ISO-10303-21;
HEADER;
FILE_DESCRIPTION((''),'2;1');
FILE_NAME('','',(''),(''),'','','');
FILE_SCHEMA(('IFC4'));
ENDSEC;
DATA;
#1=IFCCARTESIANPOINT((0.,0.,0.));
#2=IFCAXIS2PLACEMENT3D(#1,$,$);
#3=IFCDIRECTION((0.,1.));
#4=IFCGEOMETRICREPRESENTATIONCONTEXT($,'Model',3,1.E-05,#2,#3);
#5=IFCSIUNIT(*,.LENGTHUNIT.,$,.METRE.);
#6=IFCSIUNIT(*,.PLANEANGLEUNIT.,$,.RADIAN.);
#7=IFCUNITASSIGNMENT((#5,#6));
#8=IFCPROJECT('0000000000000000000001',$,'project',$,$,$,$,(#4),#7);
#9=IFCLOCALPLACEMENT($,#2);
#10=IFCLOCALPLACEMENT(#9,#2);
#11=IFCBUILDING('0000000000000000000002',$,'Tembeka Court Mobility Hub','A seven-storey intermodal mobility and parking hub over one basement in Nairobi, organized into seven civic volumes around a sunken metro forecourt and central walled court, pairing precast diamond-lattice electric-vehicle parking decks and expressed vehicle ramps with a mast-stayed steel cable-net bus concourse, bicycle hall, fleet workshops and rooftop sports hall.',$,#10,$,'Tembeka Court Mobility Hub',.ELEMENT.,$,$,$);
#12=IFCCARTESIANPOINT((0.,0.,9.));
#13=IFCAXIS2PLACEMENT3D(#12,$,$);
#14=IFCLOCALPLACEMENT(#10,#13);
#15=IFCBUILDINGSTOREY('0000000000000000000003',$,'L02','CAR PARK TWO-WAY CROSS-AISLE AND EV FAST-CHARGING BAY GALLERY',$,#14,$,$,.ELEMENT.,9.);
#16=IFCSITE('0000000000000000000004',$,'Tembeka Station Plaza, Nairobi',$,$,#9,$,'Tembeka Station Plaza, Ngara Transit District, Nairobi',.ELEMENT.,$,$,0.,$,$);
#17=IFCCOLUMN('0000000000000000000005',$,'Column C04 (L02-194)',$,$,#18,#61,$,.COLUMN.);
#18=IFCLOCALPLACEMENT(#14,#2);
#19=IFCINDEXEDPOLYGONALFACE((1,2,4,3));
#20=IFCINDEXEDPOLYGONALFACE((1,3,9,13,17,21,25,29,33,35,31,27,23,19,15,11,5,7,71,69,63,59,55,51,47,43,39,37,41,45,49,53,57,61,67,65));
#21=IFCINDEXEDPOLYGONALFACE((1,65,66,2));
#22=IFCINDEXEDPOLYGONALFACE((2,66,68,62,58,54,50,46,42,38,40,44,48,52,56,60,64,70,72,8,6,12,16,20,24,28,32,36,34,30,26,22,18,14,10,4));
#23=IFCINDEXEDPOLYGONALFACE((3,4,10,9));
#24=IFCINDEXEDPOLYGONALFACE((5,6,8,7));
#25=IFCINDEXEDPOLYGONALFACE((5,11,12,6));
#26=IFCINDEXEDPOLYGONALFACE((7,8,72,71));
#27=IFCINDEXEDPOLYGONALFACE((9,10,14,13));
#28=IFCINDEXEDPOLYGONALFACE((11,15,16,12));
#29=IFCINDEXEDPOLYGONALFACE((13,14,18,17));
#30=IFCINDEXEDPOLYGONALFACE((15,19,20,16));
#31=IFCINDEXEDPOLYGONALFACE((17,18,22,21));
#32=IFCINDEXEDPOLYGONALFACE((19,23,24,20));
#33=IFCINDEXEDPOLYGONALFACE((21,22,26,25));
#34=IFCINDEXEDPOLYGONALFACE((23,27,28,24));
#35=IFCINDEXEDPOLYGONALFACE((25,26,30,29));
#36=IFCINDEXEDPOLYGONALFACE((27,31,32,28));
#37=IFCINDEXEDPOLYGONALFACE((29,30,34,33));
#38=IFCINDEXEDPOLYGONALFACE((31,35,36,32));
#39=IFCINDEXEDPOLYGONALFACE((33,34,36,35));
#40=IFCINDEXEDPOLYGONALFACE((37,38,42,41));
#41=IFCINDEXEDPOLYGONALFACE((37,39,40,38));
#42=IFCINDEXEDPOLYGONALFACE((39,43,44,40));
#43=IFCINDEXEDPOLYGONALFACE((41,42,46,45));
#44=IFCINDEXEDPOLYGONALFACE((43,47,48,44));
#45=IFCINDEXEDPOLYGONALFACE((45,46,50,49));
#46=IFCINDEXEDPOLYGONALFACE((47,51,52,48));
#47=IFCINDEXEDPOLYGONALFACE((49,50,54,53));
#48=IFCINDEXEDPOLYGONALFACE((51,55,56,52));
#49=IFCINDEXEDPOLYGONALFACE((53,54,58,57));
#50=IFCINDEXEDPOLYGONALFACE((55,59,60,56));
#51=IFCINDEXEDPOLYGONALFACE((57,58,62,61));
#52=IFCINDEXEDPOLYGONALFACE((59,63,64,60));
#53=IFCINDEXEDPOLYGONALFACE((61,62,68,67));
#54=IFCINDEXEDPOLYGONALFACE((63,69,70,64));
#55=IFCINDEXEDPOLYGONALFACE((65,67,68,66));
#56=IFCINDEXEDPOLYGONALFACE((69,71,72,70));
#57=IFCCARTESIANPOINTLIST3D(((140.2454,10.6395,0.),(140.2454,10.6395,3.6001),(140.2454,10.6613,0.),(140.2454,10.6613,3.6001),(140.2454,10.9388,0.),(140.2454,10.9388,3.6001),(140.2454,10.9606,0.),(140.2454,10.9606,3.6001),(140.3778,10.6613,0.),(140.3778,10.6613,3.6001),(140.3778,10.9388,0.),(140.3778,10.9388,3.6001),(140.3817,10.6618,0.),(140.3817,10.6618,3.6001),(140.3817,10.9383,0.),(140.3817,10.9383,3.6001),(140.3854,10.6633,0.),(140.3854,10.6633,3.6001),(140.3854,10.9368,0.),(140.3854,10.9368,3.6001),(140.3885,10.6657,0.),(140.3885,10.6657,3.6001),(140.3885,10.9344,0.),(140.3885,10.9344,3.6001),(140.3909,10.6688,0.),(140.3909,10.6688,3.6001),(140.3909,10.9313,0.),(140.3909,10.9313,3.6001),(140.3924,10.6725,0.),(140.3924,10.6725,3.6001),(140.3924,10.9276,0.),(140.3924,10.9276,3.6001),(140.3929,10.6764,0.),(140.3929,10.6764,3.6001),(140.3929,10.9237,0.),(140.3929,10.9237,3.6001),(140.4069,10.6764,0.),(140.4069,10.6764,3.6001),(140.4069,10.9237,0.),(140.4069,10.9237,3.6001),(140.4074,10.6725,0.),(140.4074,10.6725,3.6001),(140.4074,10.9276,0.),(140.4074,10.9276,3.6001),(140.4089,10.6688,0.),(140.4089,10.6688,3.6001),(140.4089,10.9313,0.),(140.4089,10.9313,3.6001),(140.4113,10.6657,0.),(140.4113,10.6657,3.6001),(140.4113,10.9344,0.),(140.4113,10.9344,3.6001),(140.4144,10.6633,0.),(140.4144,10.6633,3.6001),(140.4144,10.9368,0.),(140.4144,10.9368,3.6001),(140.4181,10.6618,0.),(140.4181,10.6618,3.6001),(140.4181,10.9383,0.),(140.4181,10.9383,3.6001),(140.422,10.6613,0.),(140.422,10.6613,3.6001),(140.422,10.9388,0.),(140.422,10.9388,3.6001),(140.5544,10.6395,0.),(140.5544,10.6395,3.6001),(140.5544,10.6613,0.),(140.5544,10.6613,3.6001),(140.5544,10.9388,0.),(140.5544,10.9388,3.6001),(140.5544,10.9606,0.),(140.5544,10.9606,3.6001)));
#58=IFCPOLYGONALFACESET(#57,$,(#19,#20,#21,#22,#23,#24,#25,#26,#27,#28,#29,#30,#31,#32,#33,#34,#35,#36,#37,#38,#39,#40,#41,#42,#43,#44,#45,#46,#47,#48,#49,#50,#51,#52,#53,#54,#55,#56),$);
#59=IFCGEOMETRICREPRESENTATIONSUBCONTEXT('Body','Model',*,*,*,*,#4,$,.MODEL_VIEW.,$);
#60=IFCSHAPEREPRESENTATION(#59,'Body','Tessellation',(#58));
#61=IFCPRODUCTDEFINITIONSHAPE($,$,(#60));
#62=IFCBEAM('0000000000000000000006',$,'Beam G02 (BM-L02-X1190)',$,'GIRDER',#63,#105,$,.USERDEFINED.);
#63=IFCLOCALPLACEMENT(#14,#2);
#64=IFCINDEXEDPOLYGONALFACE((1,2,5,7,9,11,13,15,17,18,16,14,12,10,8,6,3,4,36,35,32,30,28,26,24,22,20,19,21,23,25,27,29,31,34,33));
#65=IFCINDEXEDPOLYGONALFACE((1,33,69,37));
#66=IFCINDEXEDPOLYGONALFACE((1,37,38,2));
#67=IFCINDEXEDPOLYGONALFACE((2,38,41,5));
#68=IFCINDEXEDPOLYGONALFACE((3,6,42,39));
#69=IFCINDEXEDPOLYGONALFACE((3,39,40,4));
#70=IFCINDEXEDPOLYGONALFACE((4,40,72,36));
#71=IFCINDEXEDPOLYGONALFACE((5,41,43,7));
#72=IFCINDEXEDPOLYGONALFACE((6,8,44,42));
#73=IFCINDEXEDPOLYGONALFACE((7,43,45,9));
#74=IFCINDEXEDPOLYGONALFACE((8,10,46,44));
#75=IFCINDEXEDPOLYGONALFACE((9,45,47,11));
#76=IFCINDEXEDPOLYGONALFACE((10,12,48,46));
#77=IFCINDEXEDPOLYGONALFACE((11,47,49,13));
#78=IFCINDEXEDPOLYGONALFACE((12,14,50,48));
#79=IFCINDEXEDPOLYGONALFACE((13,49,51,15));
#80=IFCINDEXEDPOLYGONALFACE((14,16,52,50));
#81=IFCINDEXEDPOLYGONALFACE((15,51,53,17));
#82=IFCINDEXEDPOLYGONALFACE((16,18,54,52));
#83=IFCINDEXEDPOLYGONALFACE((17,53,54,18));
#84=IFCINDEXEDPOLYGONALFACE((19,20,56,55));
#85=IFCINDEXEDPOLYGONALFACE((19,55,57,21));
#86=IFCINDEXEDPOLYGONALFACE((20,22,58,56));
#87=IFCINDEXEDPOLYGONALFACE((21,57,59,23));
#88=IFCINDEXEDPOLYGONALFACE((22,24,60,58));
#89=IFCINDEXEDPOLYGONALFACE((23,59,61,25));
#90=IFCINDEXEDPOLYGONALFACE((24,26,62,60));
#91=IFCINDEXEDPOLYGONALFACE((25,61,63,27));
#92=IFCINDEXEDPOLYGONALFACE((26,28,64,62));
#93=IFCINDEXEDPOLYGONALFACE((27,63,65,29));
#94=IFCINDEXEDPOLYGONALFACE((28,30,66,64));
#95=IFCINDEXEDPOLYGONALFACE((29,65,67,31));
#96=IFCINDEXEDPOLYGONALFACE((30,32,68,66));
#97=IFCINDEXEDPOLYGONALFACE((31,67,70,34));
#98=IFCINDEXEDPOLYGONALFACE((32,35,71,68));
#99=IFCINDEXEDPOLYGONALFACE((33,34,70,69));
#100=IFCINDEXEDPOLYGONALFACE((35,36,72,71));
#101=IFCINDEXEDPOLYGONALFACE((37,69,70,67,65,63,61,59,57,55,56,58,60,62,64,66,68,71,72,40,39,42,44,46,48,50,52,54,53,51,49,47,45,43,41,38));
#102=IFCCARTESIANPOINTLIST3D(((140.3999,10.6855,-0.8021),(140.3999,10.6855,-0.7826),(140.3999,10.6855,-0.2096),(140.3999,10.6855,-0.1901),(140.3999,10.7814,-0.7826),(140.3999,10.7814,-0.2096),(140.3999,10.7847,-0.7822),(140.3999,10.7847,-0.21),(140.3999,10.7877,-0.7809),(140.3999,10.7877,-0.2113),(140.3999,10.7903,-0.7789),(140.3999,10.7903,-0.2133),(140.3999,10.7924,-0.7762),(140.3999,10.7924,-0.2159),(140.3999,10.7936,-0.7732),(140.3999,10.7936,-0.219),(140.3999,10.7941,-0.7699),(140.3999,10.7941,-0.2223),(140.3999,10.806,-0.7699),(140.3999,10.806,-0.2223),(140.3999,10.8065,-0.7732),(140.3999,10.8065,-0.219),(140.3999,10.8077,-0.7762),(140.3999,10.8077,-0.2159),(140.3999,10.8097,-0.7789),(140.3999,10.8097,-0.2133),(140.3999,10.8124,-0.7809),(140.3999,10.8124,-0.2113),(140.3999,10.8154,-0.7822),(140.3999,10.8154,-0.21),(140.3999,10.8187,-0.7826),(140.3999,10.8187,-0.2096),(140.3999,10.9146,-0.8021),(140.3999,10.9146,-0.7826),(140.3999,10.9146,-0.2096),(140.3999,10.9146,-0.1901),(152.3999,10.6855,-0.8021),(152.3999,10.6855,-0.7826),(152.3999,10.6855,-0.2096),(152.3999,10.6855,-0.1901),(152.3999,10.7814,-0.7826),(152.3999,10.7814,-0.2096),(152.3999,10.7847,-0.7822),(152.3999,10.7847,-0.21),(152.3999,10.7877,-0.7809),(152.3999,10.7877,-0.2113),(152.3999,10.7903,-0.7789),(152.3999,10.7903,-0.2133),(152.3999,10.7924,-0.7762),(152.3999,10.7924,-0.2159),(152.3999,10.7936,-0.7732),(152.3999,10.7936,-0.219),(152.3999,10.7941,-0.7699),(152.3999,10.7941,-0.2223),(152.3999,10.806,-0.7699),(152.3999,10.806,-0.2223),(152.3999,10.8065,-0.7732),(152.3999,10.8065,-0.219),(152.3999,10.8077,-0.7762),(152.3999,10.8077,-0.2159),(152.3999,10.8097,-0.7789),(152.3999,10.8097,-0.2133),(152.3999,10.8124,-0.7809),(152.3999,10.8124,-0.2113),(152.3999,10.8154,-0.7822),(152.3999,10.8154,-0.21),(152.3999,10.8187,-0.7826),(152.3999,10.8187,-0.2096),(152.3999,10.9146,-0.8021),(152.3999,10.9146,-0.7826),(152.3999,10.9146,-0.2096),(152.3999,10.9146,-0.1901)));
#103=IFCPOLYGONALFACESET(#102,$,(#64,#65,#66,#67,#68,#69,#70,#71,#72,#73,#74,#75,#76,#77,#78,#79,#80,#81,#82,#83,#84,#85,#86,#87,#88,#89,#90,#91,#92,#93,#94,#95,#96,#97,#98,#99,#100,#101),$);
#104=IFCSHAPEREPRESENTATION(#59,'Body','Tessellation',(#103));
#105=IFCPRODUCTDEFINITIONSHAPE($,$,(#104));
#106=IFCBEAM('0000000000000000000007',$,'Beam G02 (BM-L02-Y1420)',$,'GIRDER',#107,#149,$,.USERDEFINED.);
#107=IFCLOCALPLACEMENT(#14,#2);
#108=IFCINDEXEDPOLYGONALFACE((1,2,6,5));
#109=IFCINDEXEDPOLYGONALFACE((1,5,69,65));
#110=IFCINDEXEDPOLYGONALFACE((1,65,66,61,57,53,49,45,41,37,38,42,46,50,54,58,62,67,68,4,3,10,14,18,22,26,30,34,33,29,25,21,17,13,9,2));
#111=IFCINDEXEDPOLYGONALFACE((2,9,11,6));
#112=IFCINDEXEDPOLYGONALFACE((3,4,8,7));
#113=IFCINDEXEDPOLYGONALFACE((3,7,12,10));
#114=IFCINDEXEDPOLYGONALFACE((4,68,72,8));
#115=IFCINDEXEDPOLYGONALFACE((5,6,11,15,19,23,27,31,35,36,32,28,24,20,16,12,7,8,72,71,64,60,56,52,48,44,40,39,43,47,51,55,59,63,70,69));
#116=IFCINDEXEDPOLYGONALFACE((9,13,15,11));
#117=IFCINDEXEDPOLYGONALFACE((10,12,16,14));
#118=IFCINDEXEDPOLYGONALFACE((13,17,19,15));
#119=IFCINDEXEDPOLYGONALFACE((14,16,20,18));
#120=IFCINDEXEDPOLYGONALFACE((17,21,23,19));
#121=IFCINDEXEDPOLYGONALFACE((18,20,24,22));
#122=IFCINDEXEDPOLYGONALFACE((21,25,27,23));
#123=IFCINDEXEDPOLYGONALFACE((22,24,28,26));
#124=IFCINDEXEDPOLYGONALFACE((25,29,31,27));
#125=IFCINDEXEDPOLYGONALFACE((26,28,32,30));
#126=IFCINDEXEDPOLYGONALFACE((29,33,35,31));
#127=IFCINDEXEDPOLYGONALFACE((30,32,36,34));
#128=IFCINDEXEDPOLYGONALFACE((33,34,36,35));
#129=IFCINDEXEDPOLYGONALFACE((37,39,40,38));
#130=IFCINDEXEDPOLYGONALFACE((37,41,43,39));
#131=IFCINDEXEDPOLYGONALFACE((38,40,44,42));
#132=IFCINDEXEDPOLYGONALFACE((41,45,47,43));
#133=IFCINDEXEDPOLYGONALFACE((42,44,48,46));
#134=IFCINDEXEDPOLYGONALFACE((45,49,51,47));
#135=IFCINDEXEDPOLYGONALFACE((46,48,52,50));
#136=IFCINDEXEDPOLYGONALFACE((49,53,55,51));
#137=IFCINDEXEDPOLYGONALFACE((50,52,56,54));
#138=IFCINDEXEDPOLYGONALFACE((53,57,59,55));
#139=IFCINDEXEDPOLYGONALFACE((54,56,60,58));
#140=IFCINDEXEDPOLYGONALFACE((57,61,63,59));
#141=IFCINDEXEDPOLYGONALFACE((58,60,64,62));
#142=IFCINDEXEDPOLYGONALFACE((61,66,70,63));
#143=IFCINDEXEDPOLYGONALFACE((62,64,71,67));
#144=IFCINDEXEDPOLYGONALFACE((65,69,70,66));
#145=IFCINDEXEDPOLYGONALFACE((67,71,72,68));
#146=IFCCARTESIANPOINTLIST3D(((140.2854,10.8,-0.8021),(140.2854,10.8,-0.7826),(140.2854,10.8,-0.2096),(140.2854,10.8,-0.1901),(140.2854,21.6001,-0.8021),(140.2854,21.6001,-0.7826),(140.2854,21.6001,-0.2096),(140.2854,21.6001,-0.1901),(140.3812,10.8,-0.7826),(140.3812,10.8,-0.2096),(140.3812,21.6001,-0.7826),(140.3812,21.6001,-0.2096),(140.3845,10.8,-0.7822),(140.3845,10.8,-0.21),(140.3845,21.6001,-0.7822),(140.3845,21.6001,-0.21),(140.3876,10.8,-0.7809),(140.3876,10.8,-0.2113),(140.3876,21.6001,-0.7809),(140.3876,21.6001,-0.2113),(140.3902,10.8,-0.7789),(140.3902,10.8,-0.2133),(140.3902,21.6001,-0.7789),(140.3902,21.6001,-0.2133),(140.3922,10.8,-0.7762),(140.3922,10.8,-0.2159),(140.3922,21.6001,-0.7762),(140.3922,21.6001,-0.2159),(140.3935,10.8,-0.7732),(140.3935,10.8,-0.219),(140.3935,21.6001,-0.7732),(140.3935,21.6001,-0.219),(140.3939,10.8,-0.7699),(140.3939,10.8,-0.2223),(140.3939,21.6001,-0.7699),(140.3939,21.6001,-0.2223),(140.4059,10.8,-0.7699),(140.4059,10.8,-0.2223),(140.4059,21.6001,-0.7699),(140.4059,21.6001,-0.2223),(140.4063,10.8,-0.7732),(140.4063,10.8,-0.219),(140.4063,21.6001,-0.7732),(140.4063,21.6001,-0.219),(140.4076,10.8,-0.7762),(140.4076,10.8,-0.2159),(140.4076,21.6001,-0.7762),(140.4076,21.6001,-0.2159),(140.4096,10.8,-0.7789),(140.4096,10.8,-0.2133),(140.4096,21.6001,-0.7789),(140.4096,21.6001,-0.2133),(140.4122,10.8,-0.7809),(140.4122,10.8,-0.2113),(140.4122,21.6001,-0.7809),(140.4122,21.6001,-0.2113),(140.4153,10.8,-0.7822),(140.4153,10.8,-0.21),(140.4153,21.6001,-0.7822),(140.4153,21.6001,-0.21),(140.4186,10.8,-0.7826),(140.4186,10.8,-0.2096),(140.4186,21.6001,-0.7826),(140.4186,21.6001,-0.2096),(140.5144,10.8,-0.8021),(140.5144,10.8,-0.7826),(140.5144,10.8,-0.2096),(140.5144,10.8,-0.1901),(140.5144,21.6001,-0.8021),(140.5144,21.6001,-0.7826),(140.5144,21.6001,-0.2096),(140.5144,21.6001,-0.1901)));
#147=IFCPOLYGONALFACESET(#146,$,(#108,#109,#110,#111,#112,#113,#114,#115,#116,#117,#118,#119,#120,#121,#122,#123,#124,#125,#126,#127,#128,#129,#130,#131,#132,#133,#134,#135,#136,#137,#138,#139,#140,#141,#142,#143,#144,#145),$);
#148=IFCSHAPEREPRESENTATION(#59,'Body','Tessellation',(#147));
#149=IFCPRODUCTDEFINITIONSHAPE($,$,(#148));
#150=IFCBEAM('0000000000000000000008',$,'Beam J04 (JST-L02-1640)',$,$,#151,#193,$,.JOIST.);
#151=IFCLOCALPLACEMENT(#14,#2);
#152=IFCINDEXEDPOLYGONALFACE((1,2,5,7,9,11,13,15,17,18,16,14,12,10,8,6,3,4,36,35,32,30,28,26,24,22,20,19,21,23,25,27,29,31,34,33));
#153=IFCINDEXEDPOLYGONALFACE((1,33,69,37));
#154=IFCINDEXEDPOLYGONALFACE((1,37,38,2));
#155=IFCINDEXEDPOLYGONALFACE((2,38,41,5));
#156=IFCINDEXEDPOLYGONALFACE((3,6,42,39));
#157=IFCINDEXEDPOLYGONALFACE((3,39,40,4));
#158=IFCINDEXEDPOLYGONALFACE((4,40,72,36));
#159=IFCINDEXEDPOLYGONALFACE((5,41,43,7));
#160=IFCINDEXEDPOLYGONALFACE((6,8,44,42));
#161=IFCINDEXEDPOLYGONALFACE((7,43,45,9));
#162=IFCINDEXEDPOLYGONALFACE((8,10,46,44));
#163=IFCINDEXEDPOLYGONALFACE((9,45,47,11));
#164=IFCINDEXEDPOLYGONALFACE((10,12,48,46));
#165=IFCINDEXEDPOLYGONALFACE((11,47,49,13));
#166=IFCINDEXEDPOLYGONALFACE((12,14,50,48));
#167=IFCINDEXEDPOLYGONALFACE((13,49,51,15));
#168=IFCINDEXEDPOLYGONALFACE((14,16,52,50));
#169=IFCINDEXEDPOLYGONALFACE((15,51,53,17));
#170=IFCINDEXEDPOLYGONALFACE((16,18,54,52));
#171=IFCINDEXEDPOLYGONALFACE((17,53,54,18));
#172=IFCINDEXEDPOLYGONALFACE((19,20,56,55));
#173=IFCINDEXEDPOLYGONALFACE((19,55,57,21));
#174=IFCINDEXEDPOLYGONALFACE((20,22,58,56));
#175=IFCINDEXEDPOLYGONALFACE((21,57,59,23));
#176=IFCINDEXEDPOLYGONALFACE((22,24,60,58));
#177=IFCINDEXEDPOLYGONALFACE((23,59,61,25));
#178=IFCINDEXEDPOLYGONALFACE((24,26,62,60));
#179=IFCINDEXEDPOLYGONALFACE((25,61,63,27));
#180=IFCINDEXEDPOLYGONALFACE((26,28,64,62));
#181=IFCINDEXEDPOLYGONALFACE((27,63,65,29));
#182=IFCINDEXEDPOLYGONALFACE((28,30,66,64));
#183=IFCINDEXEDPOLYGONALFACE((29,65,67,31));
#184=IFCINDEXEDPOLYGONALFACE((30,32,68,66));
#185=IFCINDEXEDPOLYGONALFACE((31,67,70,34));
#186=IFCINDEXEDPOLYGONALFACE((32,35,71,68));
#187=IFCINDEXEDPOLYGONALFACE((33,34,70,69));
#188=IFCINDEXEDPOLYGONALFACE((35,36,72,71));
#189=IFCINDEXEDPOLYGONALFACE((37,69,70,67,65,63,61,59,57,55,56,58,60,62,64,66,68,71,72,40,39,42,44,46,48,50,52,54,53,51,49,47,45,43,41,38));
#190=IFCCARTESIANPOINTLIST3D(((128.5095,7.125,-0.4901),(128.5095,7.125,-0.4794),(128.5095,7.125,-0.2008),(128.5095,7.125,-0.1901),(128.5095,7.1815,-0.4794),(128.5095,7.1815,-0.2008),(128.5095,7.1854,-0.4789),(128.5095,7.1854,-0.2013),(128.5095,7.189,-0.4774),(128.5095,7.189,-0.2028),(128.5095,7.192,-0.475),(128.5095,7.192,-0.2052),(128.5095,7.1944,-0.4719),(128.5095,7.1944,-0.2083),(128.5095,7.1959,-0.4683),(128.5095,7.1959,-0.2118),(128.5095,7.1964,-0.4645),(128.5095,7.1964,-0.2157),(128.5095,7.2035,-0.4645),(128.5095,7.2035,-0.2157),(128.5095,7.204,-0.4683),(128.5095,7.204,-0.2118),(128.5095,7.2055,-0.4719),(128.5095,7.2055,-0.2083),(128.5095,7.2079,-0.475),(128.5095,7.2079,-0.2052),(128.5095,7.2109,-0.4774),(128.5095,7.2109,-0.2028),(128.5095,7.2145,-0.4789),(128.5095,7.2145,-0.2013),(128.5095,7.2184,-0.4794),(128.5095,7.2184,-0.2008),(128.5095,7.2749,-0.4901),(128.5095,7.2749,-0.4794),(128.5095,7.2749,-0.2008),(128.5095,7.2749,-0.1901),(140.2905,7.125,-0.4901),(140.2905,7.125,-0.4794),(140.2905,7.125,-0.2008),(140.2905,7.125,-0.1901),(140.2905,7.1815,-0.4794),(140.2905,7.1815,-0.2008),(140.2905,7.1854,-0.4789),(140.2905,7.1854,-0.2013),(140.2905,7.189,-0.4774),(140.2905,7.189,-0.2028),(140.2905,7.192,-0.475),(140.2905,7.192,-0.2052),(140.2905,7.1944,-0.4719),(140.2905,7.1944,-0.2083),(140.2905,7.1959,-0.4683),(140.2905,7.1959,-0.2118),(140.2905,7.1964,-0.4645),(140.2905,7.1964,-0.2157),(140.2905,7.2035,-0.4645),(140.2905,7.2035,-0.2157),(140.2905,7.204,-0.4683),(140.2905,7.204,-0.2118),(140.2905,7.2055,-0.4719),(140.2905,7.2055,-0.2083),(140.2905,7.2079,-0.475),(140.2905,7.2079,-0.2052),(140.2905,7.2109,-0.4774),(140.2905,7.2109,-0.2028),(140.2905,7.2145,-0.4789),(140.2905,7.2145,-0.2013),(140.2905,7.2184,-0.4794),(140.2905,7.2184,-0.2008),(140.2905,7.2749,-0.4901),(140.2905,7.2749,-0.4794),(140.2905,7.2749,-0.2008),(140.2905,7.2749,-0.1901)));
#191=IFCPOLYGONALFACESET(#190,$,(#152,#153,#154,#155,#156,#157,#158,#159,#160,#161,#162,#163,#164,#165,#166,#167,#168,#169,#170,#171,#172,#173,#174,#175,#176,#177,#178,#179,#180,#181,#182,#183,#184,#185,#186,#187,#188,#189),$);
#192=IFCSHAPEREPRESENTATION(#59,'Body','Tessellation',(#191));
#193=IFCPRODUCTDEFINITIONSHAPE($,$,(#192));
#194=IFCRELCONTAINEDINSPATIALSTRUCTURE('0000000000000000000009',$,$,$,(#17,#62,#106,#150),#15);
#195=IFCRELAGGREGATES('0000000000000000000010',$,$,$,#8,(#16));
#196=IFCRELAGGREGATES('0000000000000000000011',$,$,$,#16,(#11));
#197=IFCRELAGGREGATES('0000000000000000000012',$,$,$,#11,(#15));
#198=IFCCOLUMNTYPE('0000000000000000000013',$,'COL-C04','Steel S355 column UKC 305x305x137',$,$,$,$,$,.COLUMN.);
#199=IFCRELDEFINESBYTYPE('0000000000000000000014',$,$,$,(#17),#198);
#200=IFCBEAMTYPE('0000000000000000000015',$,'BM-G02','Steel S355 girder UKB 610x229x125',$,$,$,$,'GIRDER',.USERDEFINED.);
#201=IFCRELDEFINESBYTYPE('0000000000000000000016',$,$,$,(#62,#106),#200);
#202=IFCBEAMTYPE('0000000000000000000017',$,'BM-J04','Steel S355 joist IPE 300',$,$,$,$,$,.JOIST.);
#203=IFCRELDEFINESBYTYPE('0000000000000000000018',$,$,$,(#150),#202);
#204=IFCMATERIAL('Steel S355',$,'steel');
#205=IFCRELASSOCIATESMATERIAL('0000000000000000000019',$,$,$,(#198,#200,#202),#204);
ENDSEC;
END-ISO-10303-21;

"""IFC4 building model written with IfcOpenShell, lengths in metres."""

from ifc_helpers import new_model, si_unit, direction, frame, origin, origin_2d, place, context, subcontext, project, spatial, i_section, extrude, material, material_profile, profile_set, type_object, element, save


model = new_model("IFC4")

# Units and contexts
model_context = context("Model", 3, precision=1e-05, world=origin(), true_north=direction((0.0, 1.0)))
body_context = subcontext(model_context, "Body", "Model", "MODEL_VIEW")
ifc_project = project(units=[si_unit("LENGTHUNIT", "METRE"), si_unit("PLANEANGLEUNIT", "RADIAN")], contexts=[model_context])

# Site, building, storey
site_placement = place(None, origin())
site = spatial("IfcSite", under=ifc_project, at=site_placement, Name="Tembeka Station Plaza, Nairobi", LongName="Tembeka Station Plaza, Ngara Transit District, Nairobi", CompositionType="ELEMENT", RefElevation=0.0)
building_placement = place(site_placement, origin())
building = spatial("IfcBuilding", under=site, at=building_placement, Name="Tembeka Court Mobility Hub", Description="A seven-storey intermodal mobility and parking hub over one basement in Nairobi, organized into seven civic volumes around a sunken metro forecourt and central walled court, pairing precast diamond-lattice electric-vehicle parking decks and expressed vehicle ramps with a mast-stayed steel cable-net bus concourse, bicycle hall, fleet workshops and rooftop sports hall.", LongName="Tembeka Court Mobility Hub", CompositionType="ELEMENT")
storey_placement = place(building_placement, frame((0.0, 0.0, 9.0)))
storey = spatial("IfcBuildingStorey", under=building, at=storey_placement, Name="L02", Description="CAR PARK TWO-WAY CROSS-AISLE AND EV FAST-CHARGING BAY GALLERY", CompositionType="ELEMENT", Elevation=9.0)

# Column
ifc_material_1 = material(Name="Steel S355", Category="steel")
ifc_material_profile_1 = material_profile(ifc_material_1, i_section(OverallWidth=0.3091, OverallDepth=0.321, WebThickness=0.0139, FlangeThickness=0.0217, FilletRadius=0.0151, at=origin_2d()), Name="UKC 305x305x137")
ifc_profile_set_1 = profile_set([ifc_material_profile_1], Name="Steel S355")
column_type = type_object("IfcColumnType", Name="COL-C04", Description="Steel S355 column UKC 305x305x137", PredefinedType="COLUMN", material=ifc_profile_set_1)
column_placement = place(storey_placement, frame((140.3999, 10.8, 0.0), z_axis=(0.0, 0.0, 1.0), x_axis=(1.0, 0.0, 0.0)))
element("IfcColumn", 1, at=column_placement, inside=storey, type_object=column_type, Name="Column C04 (L02-194)", PredefinedType="COLUMN", context=body_context, shape_type="SweptSolid", body=[
    extrude(i_section(OverallWidth=0.3091, OverallDepth=0.321, WebThickness=0.0139, FlangeThickness=0.0217, FilletRadius=0.0151, at=origin_2d()), origin(), (0.0, 0.0, 1.0), 3.6001),
])

# Beams
ifc_material_profile_2 = material_profile(ifc_material_1, i_section(OverallWidth=0.229, OverallDepth=0.6121, WebThickness=0.012, FlangeThickness=0.0195, FilletRadius=0.0127, at=origin_2d()), Name="UKB 610x229x125")
ifc_profile_set_2 = profile_set([ifc_material_profile_2], Name="Steel S355")
beam_type_1 = type_object("IfcBeamType", Name="BM-G02", Description="Steel S355 girder UKB 610x229x125", ElementType="GIRDER", PredefinedType="USERDEFINED", material=ifc_profile_set_2)
beam_1_placement = place(storey_placement, frame((140.3999, 10.8, -0.4961), z_axis=(1.0, 0.0, 0.0), x_axis=(0.0, 1.0, 0.0)))
element("IfcBeam", 2, at=beam_1_placement, inside=storey, type_object=beam_type_1, Name="Beam G02 (BM-L02-X1190)", ObjectType="GIRDER", PredefinedType="USERDEFINED", context=body_context, shape_type="SweptSolid", body=[
    extrude(i_section(OverallWidth=0.229, OverallDepth=0.6121, WebThickness=0.012, FlangeThickness=0.0195, FilletRadius=0.0127, at=origin_2d()), origin(), (0.0, 0.0, 1.0), 12.0),
])
beam_2_placement = place(storey_placement, frame((140.3999, 10.8, -0.4961), z_axis=(0.0, 1.0, 0.0), x_axis=(-1.0, 0.0, 0.0)))
element("IfcBeam", 3, at=beam_2_placement, inside=storey, type_object=beam_type_1, Name="Beam G02 (BM-L02-Y1420)", ObjectType="GIRDER", PredefinedType="USERDEFINED", context=body_context, shape_type="SweptSolid", body=[
    extrude(i_section(OverallWidth=0.229, OverallDepth=0.6121, WebThickness=0.012, FlangeThickness=0.0195, FilletRadius=0.0127, at=origin_2d()), origin(), (0.0, 0.0, 1.0), 10.8),
])
ifc_material_profile_3 = material_profile(ifc_material_1, i_section(OverallWidth=0.1499, OverallDepth=0.3, WebThickness=0.0071, FlangeThickness=0.0107, FilletRadius=0.0149, at=origin_2d()), Name="IPE 300")
ifc_profile_set_3 = profile_set([ifc_material_profile_3], Name="Steel S355")
beam_type_2 = type_object("IfcBeamType", Name="BM-J04", Description="Steel S355 joist IPE 300", PredefinedType="JOIST", material=ifc_profile_set_3)
for number, where, z_axis, x_axis, name in (
    (4, (128.5095, 7.2, -0.3401), (1.0, 0.0, 0.0), (0.0, 1.0, 0.0), "Beam J04 (JST-L02-1640)"),
):
    element("IfcBeam", number, at=place(storey_placement, frame(where, z_axis=z_axis, x_axis=x_axis)), inside=storey, type_object=beam_type_2, Name=name, PredefinedType="JOIST", context=body_context, shape_type="SweptSolid", body=[
        extrude(i_section(OverallWidth=0.1499, OverallDepth=0.3, WebThickness=0.0071, FlangeThickness=0.0107, FilletRadius=0.0149, at=origin_2d()), origin(), (0.0, 0.0, 1.0), 11.781),
    ])

save(model, "model.ifc")
